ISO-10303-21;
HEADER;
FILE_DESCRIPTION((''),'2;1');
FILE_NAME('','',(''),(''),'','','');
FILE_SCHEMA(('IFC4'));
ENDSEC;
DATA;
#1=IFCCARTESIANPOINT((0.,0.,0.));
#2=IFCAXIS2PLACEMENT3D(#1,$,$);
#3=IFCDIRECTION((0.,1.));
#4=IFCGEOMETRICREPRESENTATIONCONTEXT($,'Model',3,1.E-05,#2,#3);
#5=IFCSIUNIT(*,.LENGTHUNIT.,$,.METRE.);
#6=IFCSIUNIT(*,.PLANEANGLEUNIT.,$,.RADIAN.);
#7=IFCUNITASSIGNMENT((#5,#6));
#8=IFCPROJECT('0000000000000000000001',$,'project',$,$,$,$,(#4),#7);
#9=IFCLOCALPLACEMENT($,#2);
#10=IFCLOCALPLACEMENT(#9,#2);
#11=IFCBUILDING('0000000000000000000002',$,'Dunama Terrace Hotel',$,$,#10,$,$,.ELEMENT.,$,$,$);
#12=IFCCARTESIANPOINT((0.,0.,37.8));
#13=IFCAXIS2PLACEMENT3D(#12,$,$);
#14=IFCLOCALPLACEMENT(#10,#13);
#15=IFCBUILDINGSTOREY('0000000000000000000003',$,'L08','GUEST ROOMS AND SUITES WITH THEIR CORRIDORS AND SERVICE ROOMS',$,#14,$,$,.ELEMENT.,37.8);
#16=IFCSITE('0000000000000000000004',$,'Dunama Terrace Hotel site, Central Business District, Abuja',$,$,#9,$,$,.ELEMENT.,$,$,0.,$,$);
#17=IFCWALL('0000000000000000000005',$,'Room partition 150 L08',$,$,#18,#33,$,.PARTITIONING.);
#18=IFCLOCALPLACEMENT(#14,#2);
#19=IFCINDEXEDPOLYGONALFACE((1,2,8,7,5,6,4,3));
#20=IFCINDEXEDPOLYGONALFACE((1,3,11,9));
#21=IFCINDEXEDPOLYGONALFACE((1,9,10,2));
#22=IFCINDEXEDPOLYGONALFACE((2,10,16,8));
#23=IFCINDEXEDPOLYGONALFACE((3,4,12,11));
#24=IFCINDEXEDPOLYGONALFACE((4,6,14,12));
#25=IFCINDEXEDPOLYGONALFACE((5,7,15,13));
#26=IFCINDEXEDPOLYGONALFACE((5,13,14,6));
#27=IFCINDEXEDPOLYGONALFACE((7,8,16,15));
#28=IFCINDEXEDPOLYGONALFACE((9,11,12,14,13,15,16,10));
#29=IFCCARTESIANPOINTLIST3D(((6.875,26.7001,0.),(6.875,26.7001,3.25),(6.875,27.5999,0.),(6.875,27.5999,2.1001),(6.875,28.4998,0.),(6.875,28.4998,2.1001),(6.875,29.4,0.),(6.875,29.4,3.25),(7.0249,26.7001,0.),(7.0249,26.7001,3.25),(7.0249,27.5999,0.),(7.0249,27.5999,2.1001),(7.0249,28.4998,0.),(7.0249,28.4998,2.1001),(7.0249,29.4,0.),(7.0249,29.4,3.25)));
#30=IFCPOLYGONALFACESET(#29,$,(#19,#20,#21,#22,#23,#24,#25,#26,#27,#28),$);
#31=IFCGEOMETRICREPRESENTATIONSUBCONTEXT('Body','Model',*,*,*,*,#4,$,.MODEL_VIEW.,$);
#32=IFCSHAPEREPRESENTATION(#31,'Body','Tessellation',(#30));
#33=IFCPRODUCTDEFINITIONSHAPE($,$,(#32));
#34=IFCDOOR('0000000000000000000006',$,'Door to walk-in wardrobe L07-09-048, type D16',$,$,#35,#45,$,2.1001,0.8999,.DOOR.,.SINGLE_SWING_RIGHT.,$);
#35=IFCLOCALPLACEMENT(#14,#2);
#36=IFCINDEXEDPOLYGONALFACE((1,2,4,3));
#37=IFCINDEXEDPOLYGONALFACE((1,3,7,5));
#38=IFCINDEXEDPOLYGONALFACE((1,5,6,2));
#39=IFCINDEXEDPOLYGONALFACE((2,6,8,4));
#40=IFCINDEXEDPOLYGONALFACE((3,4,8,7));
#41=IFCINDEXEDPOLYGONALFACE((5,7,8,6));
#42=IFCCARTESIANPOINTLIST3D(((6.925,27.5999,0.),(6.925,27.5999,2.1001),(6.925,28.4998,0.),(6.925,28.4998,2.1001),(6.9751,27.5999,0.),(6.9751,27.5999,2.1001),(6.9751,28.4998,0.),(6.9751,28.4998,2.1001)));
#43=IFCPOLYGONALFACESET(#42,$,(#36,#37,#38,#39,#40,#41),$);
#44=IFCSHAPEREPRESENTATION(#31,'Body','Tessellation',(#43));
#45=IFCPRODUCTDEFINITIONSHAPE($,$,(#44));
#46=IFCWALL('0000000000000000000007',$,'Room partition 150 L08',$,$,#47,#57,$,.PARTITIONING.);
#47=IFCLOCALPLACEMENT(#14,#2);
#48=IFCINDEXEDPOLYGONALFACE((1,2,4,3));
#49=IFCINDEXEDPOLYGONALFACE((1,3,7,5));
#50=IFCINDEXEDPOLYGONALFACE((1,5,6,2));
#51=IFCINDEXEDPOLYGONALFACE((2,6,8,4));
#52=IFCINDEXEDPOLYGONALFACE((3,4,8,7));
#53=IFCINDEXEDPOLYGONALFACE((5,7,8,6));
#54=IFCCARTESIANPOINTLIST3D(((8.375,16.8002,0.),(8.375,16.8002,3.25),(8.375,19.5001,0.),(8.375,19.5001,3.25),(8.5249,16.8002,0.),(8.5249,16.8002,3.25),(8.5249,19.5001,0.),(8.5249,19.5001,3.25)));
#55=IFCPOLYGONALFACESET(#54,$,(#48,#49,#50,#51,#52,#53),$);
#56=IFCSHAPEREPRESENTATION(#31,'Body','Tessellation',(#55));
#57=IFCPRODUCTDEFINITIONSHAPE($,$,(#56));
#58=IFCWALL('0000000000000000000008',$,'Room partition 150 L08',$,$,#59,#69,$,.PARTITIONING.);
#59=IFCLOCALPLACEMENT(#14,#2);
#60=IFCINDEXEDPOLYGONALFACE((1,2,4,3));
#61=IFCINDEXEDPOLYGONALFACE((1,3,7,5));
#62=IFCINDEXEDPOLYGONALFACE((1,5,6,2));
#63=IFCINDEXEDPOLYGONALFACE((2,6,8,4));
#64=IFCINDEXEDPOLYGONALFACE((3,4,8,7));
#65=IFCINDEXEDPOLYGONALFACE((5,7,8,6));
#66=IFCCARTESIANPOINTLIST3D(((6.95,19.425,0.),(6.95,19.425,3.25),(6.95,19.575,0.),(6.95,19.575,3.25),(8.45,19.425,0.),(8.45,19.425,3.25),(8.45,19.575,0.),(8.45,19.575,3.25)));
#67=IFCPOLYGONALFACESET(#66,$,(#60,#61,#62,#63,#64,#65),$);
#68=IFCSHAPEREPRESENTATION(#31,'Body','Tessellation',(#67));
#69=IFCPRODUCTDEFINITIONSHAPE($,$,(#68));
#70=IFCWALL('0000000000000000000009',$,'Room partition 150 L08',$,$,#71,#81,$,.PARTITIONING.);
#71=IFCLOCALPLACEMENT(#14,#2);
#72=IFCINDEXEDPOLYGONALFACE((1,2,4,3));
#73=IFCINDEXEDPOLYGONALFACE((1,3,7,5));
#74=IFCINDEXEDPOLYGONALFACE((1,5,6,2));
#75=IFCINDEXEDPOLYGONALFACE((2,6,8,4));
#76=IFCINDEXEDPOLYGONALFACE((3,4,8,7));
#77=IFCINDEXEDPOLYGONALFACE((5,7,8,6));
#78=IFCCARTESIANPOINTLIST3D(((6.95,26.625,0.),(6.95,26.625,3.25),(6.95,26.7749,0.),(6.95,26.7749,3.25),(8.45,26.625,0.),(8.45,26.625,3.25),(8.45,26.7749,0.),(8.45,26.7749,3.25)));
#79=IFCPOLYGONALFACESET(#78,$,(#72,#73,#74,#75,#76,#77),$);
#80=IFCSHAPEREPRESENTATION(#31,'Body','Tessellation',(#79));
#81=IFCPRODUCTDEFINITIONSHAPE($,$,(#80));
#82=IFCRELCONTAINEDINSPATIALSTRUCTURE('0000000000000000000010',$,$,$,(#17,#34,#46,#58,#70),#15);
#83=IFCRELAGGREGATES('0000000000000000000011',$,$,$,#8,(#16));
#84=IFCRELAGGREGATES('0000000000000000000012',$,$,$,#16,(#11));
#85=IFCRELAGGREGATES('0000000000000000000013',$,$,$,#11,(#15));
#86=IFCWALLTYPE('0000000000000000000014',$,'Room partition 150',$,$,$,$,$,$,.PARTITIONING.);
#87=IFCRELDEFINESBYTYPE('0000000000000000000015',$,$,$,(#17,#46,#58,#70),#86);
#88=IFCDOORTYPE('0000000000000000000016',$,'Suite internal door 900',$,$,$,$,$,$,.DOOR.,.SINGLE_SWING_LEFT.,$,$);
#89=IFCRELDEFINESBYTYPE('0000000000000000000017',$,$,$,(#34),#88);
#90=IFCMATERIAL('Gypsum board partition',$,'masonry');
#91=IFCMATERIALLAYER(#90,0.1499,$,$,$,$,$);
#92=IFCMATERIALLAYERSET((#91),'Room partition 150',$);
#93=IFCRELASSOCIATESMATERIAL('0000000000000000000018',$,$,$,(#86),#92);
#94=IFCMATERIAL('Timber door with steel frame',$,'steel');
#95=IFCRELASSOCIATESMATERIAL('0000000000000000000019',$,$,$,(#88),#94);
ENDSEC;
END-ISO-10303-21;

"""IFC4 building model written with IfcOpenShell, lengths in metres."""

from ifc_helpers import new_model, si_unit, direction, frame, frame_2d, origin, place, context, subcontext, project, spatial, rectangle, extrude, material, layer, layer_set, type_object, element, fill, save


model = new_model("IFC4")

# Units and contexts
model_context = context("Model", 3, precision=1e-05, world=origin(), true_north=direction((0.0, 1.0)))
body_context = subcontext(model_context, "Body", "Model", "MODEL_VIEW")
ifc_project = project(units=[si_unit("LENGTHUNIT", "METRE"), si_unit("PLANEANGLEUNIT", "RADIAN")], contexts=[model_context])

# Site, building, storey
site_placement = place(None, origin())
site = spatial("IfcSite", under=ifc_project, at=site_placement, Name="Dunama Terrace Hotel site, Central Business District, Abuja", CompositionType="ELEMENT", RefElevation=0.0)
building_placement = place(site_placement, origin())
building = spatial("IfcBuilding", under=site, at=building_placement, Name="Dunama Terrace Hotel", CompositionType="ELEMENT")
storey_placement = place(building_placement, frame((0.0, 0.0, 37.8)))
storey = spatial("IfcBuildingStorey", under=building, at=storey_placement, Name="L08", Description="GUEST ROOMS AND SUITES WITH THEIR CORRIDORS AND SERVICE ROOMS", CompositionType="ELEMENT", Elevation=37.8)

# Wall, opening, door
ifc_material_1 = material(Name="Gypsum board partition", Category="masonry")
ifc_layer_1 = layer(ifc_material_1, 0.1499)
ifc_layer_set_1 = layer_set([ifc_layer_1], Name="Room partition 150")
wall_type_1 = type_object("IfcWallType", Name="Room partition 150", PredefinedType="PARTITIONING", material=ifc_layer_set_1)
ifc_material_2 = material(Name="Timber door with steel frame", Category="steel")
door_type_1 = type_object("IfcDoorType", Name="Suite internal door 900", OperationType="SINGLE_SWING_LEFT", PredefinedType="DOOR", material=ifc_material_2)
wall_1_placement = place(storey_placement, frame((6.95, 26.7, 0.0), z_axis=(0.0, 0.0, 1.0), x_axis=(0.0, 1.0, 0.0)))
wall_1 = element("IfcWall", 1, at=wall_1_placement, inside=storey, type_object=wall_type_1, Name="Room partition 150 L08", PredefinedType="PARTITIONING", context=body_context, shape_type="SweptSolid", body=[
    extrude(rectangle(XDim=2.7, YDim=0.1499, at=frame_2d((1.3501, 0.0))), origin(), (0.0, 0.0, 1.0), 3.25),
])
opening_1_placement = place(wall_1_placement, frame((0.8999, 0.0, 0.0)))
opening_1 = element("IfcOpeningElement", 2, at=opening_1_placement, cuts=wall_1, PredefinedType="OPENING", context=body_context, shape_type="SweptSolid", body=[
    extrude(rectangle(XDim=0.8999, YDim=2.1001, at=frame_2d((0.45, 1.05))), frame((0.0, 0.085, 0.0), z_axis=(0.0, -1.0, 0.0), x_axis=(1.0, 0.0, 0.0)), (0.0, 0.0, 1.0), 0.1699),
])
door_1_placement = place(opening_1_placement, frame((0.8999, 0.0, 0.0), z_axis=(0.0, 0.0, 1.0), x_axis=(-1.0, 0.0, 0.0)))
door_1 = element("IfcDoor", 3, at=door_1_placement, inside=storey, type_object=door_type_1, Name="Door to walk-in wardrobe L07-09-048, type D16", OperationType="SINGLE_SWING_RIGHT", OverallHeight=2.1001, OverallWidth=0.8999, PredefinedType="DOOR", context=body_context, shape_type="SweptSolid", body=[
    extrude(rectangle(XDim=0.8999, YDim=2.1001, at=frame_2d((0.45, 1.05))), frame((0.0, 0.0251, 0.0), z_axis=(0.0, -1.0, 0.0), x_axis=(1.0, 0.0, 0.0)), (0.0, 0.0, 1.0), 0.05),
])
fill(opening_1, door_1)

# Walls
wall_2_placement = place(storey_placement, frame((8.45, 16.8, 0.0), z_axis=(0.0, 0.0, 1.0), x_axis=(0.0, 1.0, 0.0)))
element("IfcWall", 4, at=wall_2_placement, inside=storey, type_object=wall_type_1, Name="Room partition 150 L08", PredefinedType="PARTITIONING", context=body_context, shape_type="SweptSolid", body=[
    extrude(rectangle(XDim=2.7, YDim=0.1499, at=frame_2d((1.3501, 0.0))), origin(), (0.0, 0.0, 1.0), 3.25),
])
for number, where, z_axis, x_axis, name in (
    (5, (6.95, 19.5, 0.0), (0.0, 0.0, 1.0), (1.0, 0.0, 0.0), "Room partition 150 L08"),
    (6, (6.95, 26.7, 0.0), (0.0, 0.0, 1.0), (1.0, 0.0, 0.0), "Room partition 150 L08"),
):
    element("IfcWall", number, at=place(storey_placement, frame(where, z_axis=z_axis, x_axis=x_axis)), inside=storey, type_object=wall_type_1, Name=name, PredefinedType="PARTITIONING", context=body_context, shape_type="SweptSolid", body=[
        extrude(rectangle(XDim=1.5, YDim=0.1499, at=frame_2d((0.75, 0.0))), origin(), (0.0, 0.0, 1.0), 3.25),
    ])

save(model, "model.ifc")
